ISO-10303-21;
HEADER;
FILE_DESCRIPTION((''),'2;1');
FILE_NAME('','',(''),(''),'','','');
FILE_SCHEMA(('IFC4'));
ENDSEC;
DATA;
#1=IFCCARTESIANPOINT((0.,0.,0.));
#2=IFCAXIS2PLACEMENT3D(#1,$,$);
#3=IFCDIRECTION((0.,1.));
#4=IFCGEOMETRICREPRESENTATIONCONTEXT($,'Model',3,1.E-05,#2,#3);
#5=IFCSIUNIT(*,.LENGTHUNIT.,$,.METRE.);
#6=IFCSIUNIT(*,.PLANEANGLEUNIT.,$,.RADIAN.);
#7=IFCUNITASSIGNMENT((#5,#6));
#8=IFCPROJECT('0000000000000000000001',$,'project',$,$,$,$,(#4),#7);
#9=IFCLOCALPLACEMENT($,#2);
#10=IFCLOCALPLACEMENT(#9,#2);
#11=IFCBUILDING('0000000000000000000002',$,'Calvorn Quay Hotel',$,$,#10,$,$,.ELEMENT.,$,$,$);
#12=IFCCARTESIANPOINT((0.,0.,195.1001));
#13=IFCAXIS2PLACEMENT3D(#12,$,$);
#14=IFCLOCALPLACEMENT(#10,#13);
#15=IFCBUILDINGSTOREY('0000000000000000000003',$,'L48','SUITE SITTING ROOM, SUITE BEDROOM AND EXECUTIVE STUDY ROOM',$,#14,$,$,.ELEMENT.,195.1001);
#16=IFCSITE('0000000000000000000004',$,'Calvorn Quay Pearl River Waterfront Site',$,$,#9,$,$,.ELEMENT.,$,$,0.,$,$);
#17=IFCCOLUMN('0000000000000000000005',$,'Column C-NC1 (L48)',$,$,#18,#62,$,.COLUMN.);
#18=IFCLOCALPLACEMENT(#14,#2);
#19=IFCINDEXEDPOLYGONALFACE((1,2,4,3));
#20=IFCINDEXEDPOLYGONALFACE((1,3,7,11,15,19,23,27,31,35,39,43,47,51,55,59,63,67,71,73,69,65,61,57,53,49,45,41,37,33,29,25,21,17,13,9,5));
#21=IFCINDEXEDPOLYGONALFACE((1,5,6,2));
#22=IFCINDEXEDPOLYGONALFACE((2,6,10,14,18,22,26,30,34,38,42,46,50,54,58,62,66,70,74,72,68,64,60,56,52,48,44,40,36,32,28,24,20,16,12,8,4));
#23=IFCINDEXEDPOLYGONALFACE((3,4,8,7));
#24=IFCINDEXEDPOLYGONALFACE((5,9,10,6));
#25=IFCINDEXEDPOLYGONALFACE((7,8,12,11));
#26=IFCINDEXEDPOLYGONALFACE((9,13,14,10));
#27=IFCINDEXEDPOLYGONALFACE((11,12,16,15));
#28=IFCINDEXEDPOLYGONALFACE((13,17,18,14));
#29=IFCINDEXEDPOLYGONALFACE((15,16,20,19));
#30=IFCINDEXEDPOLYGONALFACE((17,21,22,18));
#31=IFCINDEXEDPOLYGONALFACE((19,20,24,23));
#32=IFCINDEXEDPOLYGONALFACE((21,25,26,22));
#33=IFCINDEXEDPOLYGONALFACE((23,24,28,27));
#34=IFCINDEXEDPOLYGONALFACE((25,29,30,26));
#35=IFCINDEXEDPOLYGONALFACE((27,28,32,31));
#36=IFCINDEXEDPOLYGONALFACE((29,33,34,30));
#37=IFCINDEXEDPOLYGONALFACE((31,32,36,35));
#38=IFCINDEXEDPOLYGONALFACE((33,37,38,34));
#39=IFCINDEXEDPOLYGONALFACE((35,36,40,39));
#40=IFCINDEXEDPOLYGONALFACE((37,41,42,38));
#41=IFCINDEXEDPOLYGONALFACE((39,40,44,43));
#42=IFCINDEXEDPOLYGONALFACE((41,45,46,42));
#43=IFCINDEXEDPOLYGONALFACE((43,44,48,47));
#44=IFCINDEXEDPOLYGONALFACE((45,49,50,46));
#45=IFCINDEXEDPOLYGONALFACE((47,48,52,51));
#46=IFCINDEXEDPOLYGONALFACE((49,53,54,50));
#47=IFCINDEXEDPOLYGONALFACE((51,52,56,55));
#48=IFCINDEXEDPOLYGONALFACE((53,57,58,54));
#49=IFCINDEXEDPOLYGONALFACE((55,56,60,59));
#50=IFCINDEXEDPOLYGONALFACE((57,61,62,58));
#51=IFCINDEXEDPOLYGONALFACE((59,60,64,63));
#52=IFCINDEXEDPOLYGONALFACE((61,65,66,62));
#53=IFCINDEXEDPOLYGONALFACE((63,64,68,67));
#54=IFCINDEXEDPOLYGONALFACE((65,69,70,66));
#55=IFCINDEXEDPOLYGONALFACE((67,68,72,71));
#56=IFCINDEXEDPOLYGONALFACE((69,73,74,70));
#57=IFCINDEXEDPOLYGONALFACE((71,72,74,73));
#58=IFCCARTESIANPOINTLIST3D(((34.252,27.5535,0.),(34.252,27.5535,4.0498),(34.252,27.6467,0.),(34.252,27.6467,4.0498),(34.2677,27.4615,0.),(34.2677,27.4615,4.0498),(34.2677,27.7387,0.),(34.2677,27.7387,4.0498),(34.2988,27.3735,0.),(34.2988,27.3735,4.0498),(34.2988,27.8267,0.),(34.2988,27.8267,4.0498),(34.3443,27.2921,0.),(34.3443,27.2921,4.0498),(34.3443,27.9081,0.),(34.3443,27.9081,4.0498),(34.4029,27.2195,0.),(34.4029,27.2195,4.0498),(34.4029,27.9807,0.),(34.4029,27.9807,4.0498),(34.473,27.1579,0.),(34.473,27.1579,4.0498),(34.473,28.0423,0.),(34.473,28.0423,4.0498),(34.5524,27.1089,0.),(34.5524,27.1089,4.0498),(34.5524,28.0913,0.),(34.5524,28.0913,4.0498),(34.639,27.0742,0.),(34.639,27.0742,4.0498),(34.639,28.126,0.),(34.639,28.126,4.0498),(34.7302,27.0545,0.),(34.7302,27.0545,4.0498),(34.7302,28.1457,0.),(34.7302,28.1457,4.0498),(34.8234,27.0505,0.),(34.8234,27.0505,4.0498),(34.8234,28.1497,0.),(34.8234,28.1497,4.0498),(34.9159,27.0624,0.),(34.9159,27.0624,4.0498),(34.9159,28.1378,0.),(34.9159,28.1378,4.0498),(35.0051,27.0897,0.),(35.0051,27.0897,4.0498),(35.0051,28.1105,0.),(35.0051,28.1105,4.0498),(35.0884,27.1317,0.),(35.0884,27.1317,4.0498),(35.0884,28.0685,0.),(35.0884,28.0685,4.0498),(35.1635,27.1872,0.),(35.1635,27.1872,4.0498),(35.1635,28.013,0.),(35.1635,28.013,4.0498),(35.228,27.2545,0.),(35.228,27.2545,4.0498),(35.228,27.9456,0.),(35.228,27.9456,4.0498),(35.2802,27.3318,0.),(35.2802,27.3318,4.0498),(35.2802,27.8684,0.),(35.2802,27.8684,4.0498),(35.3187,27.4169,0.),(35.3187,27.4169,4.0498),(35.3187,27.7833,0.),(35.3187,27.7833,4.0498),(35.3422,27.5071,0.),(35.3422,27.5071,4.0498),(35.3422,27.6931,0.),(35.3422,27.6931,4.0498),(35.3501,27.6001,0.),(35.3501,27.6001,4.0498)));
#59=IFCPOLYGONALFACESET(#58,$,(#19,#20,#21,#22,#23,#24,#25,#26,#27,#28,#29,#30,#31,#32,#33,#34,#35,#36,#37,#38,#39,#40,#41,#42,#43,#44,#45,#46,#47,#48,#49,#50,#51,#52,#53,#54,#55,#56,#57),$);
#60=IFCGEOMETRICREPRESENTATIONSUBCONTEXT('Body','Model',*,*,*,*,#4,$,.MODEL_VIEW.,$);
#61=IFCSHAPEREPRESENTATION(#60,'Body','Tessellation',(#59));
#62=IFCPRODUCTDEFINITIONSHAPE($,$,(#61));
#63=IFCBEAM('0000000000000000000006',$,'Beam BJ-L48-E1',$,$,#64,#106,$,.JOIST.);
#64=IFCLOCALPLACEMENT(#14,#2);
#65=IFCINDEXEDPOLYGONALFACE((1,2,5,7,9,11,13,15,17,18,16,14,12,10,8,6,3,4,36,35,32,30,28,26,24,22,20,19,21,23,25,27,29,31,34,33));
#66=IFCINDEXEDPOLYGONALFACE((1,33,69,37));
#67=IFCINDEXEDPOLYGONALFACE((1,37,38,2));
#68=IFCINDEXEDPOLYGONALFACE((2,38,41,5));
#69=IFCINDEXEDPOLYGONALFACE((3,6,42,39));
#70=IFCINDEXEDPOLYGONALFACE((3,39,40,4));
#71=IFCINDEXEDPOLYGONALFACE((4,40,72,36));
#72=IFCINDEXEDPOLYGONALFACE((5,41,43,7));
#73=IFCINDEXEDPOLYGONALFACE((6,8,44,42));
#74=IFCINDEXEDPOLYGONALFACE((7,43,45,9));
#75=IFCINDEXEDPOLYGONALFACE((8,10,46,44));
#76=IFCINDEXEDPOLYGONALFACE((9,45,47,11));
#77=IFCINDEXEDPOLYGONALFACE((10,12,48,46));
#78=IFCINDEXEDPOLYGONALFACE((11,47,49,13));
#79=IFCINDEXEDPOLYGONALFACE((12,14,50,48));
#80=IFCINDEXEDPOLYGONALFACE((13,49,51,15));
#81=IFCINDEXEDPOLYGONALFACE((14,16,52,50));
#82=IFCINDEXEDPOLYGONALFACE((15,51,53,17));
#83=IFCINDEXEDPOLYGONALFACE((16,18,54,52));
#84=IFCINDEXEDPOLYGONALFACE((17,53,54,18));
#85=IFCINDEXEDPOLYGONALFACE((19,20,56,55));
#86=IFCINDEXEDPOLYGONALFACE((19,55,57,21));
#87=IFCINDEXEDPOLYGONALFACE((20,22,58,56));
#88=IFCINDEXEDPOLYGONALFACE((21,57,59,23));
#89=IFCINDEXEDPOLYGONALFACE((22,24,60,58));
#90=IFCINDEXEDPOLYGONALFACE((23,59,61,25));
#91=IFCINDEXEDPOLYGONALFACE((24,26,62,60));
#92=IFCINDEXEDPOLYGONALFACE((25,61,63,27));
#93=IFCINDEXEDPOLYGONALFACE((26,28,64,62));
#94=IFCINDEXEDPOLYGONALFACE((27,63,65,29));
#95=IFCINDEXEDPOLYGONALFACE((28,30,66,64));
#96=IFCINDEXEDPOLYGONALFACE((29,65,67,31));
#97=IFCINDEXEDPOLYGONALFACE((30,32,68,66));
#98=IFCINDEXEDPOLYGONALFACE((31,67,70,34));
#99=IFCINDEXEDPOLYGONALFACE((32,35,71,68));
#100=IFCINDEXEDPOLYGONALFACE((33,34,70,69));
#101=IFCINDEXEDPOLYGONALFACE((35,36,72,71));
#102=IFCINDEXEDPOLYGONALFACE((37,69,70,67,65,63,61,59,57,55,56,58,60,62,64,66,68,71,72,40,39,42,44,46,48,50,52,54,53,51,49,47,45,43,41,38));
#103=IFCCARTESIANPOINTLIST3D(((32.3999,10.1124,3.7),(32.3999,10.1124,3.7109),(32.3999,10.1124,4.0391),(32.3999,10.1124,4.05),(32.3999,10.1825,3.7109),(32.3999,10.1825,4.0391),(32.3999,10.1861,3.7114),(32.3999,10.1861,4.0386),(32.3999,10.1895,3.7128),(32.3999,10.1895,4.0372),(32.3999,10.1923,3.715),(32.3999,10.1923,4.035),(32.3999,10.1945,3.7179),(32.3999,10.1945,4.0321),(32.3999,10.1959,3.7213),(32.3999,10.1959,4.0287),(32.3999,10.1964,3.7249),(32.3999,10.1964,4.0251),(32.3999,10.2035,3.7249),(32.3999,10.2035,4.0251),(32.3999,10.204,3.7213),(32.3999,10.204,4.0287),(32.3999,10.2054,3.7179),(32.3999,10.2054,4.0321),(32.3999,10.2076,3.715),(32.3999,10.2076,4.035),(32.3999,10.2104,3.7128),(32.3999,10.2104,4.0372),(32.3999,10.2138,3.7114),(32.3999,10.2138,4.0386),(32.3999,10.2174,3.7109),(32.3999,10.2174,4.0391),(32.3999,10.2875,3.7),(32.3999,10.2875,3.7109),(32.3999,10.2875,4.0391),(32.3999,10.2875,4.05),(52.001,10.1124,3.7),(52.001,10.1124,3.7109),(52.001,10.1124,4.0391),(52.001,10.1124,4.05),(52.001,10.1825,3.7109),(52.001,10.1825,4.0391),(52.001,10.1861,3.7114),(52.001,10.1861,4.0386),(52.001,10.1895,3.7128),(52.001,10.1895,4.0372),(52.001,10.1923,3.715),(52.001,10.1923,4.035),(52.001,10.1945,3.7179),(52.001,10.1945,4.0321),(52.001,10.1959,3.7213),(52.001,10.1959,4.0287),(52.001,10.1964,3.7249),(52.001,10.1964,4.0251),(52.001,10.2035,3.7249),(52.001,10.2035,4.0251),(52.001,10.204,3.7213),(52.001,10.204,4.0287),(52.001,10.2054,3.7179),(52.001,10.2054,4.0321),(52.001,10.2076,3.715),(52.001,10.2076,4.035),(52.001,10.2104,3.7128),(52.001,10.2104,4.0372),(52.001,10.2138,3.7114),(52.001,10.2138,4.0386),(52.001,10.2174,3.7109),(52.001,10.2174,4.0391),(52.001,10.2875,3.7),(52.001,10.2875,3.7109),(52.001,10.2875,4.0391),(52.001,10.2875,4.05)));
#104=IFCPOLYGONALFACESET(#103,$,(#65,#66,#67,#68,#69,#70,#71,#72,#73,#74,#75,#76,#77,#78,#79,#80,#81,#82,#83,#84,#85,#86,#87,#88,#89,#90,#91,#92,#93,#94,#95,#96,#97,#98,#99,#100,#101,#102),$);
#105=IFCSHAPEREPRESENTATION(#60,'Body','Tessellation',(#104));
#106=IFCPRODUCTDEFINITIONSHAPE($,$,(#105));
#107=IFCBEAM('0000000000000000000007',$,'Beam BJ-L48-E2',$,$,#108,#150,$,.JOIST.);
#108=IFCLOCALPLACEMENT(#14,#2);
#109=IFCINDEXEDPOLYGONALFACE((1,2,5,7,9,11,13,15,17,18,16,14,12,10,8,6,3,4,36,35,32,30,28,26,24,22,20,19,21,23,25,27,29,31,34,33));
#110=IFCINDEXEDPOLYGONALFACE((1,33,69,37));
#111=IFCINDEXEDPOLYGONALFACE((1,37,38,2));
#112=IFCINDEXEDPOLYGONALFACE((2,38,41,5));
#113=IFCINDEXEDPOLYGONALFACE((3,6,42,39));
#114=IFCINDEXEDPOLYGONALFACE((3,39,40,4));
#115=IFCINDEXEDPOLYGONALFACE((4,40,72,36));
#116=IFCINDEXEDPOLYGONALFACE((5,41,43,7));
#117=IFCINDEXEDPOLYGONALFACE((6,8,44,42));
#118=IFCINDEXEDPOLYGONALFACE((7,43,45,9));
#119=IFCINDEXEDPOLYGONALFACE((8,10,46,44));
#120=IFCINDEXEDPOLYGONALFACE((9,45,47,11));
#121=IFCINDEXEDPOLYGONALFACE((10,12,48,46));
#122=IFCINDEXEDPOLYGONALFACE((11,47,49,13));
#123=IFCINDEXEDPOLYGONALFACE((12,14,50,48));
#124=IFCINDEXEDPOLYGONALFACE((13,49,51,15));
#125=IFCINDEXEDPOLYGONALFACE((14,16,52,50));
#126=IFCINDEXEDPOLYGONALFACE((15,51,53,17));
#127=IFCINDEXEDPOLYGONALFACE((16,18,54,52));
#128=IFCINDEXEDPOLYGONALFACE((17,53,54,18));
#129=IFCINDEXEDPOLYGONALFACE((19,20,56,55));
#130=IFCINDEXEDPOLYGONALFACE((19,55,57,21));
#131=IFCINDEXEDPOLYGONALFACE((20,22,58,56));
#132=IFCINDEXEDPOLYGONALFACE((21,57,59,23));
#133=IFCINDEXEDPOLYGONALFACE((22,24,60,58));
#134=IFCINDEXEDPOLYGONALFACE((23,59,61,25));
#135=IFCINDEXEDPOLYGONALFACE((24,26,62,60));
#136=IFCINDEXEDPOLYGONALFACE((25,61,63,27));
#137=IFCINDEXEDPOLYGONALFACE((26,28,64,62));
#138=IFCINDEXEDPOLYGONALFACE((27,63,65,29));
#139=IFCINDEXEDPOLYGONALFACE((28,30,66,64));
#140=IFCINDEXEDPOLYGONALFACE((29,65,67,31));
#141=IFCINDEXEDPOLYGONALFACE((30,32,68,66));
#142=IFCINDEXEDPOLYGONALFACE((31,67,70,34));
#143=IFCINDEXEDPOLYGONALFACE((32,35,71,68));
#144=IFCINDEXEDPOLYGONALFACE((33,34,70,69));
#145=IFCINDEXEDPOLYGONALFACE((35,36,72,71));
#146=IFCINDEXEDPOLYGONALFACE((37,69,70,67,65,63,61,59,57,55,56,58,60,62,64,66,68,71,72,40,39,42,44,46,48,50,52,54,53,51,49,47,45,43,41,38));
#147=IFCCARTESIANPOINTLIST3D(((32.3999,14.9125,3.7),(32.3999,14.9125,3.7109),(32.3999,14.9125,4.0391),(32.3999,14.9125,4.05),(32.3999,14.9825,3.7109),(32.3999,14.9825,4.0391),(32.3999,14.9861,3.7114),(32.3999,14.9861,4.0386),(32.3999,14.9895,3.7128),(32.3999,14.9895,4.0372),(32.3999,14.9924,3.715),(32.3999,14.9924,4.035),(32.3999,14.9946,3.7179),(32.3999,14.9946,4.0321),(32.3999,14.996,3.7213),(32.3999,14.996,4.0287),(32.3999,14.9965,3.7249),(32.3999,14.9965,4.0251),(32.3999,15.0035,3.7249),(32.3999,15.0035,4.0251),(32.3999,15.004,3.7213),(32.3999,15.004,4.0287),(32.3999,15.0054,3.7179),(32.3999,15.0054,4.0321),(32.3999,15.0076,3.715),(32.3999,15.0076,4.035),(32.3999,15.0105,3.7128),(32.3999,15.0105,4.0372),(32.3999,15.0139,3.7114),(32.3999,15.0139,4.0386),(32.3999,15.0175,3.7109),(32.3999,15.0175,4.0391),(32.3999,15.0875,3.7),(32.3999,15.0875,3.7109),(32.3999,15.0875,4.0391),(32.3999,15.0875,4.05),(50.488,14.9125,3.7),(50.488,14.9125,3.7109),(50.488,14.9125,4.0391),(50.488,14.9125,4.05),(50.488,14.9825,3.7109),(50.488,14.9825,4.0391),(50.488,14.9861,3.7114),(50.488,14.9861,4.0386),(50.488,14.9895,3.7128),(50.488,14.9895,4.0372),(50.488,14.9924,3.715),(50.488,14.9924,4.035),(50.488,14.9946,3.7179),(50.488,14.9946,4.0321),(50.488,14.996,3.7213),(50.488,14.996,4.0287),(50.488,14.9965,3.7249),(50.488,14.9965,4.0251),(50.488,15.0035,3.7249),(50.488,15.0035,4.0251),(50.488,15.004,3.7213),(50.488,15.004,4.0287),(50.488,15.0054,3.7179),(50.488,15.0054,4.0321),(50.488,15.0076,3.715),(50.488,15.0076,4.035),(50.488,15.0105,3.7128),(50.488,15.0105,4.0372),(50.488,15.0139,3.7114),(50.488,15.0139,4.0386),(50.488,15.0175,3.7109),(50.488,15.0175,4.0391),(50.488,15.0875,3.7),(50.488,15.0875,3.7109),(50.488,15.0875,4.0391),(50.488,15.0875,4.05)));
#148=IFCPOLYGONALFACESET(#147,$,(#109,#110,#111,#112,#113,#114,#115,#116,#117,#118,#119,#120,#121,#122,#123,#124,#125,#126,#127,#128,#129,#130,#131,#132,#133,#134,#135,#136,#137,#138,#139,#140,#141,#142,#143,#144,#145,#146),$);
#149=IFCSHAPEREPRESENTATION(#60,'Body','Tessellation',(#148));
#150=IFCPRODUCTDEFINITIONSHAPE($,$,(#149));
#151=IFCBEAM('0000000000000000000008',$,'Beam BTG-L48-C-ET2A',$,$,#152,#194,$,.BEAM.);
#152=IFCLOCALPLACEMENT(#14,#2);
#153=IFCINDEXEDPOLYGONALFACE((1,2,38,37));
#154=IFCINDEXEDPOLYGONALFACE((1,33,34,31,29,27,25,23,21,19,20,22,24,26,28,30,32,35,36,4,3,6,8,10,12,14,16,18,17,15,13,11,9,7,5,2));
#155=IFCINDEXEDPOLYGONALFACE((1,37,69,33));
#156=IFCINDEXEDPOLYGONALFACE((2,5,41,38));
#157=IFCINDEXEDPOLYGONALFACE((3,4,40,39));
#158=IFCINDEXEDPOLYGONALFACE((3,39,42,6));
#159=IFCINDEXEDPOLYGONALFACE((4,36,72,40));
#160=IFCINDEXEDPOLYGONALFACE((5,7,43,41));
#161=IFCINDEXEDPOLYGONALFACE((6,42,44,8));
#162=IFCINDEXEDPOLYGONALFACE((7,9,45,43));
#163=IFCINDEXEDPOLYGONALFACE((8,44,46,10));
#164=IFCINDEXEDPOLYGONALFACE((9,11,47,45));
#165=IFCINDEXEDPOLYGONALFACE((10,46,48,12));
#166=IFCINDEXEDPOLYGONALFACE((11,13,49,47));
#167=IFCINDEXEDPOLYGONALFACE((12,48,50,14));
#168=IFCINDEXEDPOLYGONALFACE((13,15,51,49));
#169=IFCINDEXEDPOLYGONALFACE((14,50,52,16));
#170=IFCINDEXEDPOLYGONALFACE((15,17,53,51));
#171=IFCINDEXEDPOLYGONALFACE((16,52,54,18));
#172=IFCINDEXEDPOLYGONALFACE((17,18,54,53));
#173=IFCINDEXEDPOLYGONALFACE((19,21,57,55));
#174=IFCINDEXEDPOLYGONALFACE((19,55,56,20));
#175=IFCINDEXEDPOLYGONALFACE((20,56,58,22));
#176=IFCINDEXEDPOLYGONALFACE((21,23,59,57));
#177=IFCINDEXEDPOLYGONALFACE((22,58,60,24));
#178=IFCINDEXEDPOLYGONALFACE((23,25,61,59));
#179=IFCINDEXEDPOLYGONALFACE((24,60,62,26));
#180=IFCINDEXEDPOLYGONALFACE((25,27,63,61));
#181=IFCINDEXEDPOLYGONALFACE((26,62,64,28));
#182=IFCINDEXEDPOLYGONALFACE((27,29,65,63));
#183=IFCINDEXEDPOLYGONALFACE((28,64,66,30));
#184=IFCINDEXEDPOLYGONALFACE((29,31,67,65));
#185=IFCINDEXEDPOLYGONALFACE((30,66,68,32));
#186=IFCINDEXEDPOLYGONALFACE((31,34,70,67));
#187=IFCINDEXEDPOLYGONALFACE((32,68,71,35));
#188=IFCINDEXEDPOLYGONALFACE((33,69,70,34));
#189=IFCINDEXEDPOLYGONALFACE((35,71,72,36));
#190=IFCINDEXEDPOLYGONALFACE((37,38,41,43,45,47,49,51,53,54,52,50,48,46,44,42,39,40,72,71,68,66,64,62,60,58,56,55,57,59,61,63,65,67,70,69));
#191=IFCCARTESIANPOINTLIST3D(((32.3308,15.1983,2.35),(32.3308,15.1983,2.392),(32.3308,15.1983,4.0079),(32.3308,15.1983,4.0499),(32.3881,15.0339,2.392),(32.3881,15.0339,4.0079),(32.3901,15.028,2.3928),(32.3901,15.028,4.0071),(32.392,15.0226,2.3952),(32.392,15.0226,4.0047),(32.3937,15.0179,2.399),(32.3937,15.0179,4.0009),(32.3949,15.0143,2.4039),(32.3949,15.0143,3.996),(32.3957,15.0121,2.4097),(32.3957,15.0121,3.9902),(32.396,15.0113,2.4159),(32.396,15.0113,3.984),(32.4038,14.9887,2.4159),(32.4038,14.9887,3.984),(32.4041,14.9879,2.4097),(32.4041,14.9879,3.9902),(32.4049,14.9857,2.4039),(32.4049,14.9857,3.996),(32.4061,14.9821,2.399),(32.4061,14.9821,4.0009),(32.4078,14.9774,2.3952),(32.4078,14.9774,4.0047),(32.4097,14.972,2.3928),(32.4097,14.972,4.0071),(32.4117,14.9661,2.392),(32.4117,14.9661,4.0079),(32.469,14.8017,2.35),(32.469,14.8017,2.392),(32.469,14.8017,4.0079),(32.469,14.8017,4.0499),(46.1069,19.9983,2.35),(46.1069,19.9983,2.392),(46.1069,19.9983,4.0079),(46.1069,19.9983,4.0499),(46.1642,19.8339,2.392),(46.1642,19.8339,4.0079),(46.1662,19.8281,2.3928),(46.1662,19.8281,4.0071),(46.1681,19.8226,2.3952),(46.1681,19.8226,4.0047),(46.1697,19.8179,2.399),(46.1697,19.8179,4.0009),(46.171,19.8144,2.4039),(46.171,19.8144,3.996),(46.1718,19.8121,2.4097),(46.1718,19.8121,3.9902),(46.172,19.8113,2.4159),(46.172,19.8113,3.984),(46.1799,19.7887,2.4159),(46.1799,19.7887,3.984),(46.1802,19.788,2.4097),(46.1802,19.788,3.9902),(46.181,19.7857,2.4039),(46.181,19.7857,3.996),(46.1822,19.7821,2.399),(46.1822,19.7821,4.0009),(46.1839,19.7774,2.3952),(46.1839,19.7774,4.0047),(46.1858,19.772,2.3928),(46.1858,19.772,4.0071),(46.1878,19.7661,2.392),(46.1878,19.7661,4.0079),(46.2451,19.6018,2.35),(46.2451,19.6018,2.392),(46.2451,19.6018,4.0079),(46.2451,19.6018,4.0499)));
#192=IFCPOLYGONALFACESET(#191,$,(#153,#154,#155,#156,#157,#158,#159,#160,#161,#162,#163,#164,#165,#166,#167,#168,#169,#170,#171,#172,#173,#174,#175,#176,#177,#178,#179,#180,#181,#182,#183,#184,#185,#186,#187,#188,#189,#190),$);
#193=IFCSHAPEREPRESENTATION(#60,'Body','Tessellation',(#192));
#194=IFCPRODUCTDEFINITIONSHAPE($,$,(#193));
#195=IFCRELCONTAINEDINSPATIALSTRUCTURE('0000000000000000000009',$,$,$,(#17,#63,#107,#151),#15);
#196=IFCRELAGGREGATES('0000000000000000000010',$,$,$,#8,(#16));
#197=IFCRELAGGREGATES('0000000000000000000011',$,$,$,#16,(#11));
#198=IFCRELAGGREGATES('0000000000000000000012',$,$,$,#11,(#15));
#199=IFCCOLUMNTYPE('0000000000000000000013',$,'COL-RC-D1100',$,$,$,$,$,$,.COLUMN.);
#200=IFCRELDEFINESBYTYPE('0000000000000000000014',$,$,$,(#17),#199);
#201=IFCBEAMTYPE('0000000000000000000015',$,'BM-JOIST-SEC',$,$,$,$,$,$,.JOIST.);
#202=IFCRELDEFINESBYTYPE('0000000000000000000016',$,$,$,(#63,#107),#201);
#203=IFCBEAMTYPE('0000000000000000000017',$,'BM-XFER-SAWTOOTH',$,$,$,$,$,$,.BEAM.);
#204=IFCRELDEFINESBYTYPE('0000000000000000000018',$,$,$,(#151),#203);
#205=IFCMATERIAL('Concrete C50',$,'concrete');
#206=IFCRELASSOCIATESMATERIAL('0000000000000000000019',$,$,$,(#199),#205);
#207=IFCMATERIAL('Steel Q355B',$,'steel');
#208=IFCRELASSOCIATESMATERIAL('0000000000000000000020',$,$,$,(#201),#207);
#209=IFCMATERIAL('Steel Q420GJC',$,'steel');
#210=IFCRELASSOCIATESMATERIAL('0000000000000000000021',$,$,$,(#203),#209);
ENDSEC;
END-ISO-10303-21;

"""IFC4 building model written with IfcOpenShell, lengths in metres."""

from ifc_helpers import new_model, si_unit, direction, frame, origin, origin_2d, place, context, subcontext, project, spatial, circle, i_section, extrude, material, material_profile, profile_set, type_object, element, save


model = new_model("IFC4")

# Units and contexts
model_context = context("Model", 3, precision=1e-05, world=origin(), true_north=direction((0.0, 1.0)))
body_context = subcontext(model_context, "Body", "Model", "MODEL_VIEW")
ifc_project = project(units=[si_unit("LENGTHUNIT", "METRE"), si_unit("PLANEANGLEUNIT", "RADIAN")], contexts=[model_context])

# Site, building, storey
site_placement = place(None, origin())
site = spatial("IfcSite", under=ifc_project, at=site_placement, Name="Calvorn Quay Pearl River Waterfront Site", CompositionType="ELEMENT", RefElevation=0.0)
building_placement = place(site_placement, origin())
building = spatial("IfcBuilding", under=site, at=building_placement, Name="Calvorn Quay Hotel", CompositionType="ELEMENT")
storey_placement = place(building_placement, frame((0.0, 0.0, 195.1001)))
storey = spatial("IfcBuildingStorey", under=building, at=storey_placement, Name="L48", Description="SUITE SITTING ROOM, SUITE BEDROOM AND EXECUTIVE STUDY ROOM", CompositionType="ELEMENT", Elevation=195.1001)

# Column
ifc_material_1 = material(Name="Concrete C50", Category="concrete")
ifc_material_profile_1 = material_profile(ifc_material_1, circle(Radius=0.55, at=origin_2d()), Name="RCD1100")
ifc_profile_set_1 = profile_set([ifc_material_profile_1], Name="Concrete C50")
column_type = type_object("IfcColumnType", Name="COL-RC-D1100", PredefinedType="COLUMN", material=ifc_profile_set_1)
column_placement = place(storey_placement, frame((34.8, 27.6001, 0.0), z_axis=(0.0, 0.0, 1.0), x_axis=(1.0, 0.0, 0.0)))
element("IfcColumn", 1, at=column_placement, inside=storey, type_object=column_type, Name="Column C-NC1 (L48)", PredefinedType="COLUMN", context=body_context, shape_type="SweptSolid", body=[
    extrude(circle(Radius=0.55, at=origin_2d()), origin(), (0.0, 0.0, 1.0), 4.0498),
])

# Beams
ifc_material_2 = material(Name="Steel Q355B", Category="steel")
ifc_material_profile_2 = material_profile(ifc_material_2, i_section(OverallWidth=0.175, OverallDepth=0.3501, WebThickness=0.0071, FlangeThickness=0.011, FilletRadius=0.0139, at=origin_2d()), Name="HN350x175x7x11")
ifc_profile_set_2 = profile_set([ifc_material_profile_2], Name="Steel Q355B")
beam_type_1 = type_object("IfcBeamType", Name="BM-JOIST-SEC", PredefinedType="JOIST", material=ifc_profile_set_2)
beam_1_placement = place(storey_placement, frame((32.3999, 10.2, 3.875), z_axis=(1.0, 0.0, 0.0), x_axis=(0.0, 1.0, 0.0)))
element("IfcBeam", 2, at=beam_1_placement, inside=storey, type_object=beam_type_1, Name="Beam BJ-L48-E1", PredefinedType="JOIST", context=body_context, shape_type="SweptSolid", body=[
    extrude(i_section(OverallWidth=0.175, OverallDepth=0.3501, WebThickness=0.0071, FlangeThickness=0.011, FilletRadius=0.0139, at=origin_2d()), origin(), (0.0, 0.0, 1.0), 19.6011),
])
beam_2_placement = place(storey_placement, frame((32.3999, 15.0, 3.875), z_axis=(1.0, 0.0, 0.0), x_axis=(0.0, 1.0, 0.0)))
element("IfcBeam", 3, at=beam_2_placement, inside=storey, type_object=beam_type_1, Name="Beam BJ-L48-E2", PredefinedType="JOIST", context=body_context, shape_type="SweptSolid", body=[
    extrude(i_section(OverallWidth=0.175, OverallDepth=0.3501, WebThickness=0.0071, FlangeThickness=0.011, FilletRadius=0.0139, at=origin_2d()), origin(), (0.0, 0.0, 1.0), 18.0881),
])
ifc_material_3 = material(Name="Steel Q420GJC", Category="steel")
ifc_material_profile_3 = material_profile(ifc_material_3, i_section(OverallWidth=0.4199, OverallDepth=1.7, WebThickness=0.0239, FlangeThickness=0.042, FilletRadius=0.0239, at=origin_2d()), Name="HN1700x420x24x42")
ifc_profile_set_3 = profile_set([ifc_material_profile_3], Name="Steel Q420GJC")
beam_type_2 = type_object("IfcBeamType", Name="BM-XFER-SAWTOOTH", PredefinedType="BEAM", material=ifc_profile_set_3)
beam_3_placement = place(storey_placement, frame((32.3999, 15.0, 3.2), z_axis=(0.944319, 0.329031, 0.0), x_axis=(-0.329031, 0.944319, 0.0)))
element("IfcBeam", 4, at=beam_3_placement, inside=storey, type_object=beam_type_2, Name="Beam BTG-L48-C-ET2A", PredefinedType="BEAM", context=body_context, shape_type="SweptSolid", body=[
    extrude(i_section(OverallWidth=0.4199, OverallDepth=1.7, WebThickness=0.0239, FlangeThickness=0.042, FilletRadius=0.0239, at=origin_2d()), origin(), (0.0, 0.0, 1.0), 14.5884),
])

save(model, "model.ifc")
